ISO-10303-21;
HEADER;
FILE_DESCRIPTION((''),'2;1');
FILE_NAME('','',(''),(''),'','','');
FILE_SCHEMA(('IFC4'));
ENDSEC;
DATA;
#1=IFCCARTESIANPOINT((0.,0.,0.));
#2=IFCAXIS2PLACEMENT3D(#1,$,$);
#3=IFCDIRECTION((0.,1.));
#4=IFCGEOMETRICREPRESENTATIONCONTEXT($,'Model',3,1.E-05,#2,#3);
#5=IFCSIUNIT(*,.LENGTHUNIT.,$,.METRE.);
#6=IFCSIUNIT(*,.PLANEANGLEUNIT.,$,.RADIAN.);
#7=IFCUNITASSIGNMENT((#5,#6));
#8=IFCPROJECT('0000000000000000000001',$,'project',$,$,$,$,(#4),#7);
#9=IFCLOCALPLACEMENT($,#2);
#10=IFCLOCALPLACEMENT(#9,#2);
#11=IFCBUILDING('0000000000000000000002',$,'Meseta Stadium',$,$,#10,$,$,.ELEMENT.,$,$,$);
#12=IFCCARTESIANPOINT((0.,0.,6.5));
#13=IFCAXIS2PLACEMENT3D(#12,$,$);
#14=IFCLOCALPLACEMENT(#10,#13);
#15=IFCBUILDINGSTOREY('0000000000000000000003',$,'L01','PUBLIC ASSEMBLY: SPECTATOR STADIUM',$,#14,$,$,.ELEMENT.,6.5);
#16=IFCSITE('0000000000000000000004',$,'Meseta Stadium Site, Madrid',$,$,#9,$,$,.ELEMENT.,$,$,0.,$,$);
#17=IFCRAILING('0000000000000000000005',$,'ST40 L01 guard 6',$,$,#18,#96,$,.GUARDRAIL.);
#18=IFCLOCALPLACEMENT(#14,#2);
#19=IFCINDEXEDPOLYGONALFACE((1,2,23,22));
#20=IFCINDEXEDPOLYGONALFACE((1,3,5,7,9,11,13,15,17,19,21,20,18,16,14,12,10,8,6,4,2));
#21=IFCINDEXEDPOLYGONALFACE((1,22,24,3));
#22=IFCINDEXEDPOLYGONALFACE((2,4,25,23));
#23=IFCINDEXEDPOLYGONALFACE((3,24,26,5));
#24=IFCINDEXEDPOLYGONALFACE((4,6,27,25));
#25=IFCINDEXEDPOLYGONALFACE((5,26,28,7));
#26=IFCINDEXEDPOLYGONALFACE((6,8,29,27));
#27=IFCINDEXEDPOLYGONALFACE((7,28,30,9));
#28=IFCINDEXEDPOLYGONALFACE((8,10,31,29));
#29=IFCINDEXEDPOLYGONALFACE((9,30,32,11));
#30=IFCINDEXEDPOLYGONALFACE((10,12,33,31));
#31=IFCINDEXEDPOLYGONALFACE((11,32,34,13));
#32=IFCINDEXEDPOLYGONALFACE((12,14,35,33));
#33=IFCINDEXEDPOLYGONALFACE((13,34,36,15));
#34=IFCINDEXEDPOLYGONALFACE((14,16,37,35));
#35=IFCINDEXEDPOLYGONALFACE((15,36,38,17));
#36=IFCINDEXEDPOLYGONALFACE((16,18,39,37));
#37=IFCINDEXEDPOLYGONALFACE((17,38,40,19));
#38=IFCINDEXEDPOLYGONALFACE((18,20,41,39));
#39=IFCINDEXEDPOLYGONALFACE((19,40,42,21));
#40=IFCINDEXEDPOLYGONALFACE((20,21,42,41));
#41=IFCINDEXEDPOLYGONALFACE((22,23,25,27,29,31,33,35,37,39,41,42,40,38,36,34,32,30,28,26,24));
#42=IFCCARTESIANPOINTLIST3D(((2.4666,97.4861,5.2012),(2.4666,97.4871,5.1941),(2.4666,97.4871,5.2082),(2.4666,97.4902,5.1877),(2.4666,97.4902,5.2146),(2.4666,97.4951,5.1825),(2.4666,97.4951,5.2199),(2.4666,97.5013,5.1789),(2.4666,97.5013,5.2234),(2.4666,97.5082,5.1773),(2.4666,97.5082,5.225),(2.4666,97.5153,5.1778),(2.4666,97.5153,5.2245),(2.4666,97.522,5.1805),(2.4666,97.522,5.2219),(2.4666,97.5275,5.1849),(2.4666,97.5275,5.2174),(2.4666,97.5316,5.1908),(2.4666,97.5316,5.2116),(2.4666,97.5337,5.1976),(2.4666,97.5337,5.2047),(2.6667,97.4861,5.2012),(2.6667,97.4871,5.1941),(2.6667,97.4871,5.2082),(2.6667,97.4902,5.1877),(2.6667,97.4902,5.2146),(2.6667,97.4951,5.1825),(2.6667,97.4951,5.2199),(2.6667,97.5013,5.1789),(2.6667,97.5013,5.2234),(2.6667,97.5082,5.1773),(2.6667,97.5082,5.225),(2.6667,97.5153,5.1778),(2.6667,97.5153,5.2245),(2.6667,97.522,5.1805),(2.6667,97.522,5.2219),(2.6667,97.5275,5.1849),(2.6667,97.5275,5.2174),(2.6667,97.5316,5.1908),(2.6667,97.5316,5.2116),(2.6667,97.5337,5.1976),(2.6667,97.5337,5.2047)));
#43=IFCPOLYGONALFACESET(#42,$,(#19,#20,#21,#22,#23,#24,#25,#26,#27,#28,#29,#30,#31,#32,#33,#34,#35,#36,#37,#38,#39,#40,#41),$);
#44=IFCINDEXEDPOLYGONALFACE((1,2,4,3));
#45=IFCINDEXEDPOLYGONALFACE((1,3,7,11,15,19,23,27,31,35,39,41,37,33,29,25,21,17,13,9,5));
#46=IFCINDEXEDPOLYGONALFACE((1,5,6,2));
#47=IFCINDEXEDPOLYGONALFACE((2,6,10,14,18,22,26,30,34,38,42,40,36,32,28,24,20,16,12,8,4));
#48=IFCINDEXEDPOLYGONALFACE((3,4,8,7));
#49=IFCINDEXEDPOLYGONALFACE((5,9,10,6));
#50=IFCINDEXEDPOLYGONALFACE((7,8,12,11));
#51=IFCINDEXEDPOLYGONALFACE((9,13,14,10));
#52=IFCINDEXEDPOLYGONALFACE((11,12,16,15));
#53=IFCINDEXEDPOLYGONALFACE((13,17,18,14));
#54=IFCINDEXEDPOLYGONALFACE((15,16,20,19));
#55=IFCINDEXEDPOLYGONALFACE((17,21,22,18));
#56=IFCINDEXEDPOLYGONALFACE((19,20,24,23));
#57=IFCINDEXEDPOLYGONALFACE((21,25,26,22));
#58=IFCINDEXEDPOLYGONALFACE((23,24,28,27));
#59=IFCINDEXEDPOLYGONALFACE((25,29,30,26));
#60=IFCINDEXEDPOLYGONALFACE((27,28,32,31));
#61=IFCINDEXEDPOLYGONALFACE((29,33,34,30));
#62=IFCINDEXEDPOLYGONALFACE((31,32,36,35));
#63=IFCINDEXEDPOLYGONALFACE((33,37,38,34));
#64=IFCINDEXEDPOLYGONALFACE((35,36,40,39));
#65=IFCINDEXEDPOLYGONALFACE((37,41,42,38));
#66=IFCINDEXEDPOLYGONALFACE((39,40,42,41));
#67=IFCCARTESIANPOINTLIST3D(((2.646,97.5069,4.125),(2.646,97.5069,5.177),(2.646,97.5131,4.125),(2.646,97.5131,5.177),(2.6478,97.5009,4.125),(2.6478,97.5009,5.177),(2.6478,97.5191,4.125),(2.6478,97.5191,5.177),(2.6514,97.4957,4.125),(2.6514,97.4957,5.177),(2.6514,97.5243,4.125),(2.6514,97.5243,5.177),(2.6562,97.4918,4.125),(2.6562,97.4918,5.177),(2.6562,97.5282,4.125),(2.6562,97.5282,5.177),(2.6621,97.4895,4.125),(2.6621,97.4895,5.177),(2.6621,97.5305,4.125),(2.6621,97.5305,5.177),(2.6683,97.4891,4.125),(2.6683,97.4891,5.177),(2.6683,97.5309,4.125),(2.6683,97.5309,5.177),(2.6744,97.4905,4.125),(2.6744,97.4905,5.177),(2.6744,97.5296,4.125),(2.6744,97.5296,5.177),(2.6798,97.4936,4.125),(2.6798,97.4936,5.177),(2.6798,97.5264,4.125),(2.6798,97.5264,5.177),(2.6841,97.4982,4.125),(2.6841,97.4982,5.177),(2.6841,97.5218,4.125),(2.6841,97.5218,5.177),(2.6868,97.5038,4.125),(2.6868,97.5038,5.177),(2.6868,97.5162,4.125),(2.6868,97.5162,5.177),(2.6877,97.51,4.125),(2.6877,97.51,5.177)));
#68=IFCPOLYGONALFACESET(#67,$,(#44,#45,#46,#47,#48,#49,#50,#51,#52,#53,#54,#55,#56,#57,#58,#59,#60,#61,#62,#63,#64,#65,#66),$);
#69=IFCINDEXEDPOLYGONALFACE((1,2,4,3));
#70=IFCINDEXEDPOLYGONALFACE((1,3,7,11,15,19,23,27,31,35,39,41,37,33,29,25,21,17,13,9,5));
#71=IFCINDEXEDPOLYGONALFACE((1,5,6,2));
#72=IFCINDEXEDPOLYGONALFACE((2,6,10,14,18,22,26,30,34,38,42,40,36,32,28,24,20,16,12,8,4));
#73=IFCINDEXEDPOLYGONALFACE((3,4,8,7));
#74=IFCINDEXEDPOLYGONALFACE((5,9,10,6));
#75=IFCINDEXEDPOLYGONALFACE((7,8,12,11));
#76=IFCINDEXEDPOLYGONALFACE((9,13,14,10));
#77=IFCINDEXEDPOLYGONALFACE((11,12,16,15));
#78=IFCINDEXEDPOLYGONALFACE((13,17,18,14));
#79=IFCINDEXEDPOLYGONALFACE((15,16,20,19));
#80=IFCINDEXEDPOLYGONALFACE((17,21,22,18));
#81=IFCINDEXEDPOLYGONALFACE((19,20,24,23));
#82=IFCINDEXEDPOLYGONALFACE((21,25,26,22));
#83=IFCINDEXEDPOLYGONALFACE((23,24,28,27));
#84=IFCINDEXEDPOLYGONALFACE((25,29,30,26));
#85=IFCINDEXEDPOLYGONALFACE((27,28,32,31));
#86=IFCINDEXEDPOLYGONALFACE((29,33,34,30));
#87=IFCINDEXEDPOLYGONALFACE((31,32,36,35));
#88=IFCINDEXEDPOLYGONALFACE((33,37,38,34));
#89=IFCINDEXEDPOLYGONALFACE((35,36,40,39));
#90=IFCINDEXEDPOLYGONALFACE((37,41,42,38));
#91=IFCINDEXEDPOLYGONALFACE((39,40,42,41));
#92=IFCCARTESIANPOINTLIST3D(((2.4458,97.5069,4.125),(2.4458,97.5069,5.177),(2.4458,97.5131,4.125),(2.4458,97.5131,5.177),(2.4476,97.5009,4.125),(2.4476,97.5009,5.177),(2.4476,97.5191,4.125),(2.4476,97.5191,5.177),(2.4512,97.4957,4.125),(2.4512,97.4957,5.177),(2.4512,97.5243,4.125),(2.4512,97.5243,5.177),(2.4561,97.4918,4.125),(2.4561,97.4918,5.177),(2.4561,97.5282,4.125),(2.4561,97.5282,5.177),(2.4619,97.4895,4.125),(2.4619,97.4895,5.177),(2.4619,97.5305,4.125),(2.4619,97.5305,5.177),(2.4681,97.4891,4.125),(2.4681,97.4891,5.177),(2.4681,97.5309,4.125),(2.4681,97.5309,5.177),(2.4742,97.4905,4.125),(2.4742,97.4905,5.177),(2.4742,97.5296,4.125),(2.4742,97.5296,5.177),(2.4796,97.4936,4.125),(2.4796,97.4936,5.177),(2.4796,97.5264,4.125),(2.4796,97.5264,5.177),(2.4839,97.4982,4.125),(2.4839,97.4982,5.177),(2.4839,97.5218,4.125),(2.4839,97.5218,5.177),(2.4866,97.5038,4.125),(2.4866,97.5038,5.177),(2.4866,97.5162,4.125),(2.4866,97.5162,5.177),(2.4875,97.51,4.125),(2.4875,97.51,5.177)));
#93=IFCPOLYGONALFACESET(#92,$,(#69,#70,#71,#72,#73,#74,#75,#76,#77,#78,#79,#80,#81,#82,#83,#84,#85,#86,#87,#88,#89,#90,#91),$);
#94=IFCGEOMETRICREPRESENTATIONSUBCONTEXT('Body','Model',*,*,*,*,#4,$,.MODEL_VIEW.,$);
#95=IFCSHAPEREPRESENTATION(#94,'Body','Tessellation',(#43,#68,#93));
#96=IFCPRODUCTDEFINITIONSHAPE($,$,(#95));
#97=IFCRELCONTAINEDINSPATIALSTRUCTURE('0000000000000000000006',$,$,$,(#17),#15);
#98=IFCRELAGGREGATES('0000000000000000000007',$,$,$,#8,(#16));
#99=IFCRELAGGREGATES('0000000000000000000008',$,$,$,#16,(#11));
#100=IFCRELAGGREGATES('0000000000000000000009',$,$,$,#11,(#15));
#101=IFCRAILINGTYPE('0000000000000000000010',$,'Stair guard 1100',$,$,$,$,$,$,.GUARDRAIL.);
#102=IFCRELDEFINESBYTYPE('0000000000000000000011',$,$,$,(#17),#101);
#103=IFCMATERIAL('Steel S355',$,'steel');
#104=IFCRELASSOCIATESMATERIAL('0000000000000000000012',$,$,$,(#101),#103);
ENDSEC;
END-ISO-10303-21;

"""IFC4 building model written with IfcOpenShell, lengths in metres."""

from ifc_helpers import new_model, si_unit, direction, frame, origin, origin_2d, place, context, subcontext, project, spatial, circle, extrude, material, type_object, element, save


model = new_model("IFC4")

# Units and contexts
model_context = context("Model", 3, precision=1e-05, world=origin(), true_north=direction((0.0, 1.0)))
body_context = subcontext(model_context, "Body", "Model", "MODEL_VIEW")
ifc_project = project(units=[si_unit("LENGTHUNIT", "METRE"), si_unit("PLANEANGLEUNIT", "RADIAN")], contexts=[model_context])

# Site, building, storey
site_placement = place(None, origin())
site = spatial("IfcSite", under=ifc_project, at=site_placement, Name="Meseta Stadium Site, Madrid", CompositionType="ELEMENT", RefElevation=0.0)
building_placement = place(site_placement, origin())
building = spatial("IfcBuilding", under=site, at=building_placement, Name="Meseta Stadium", CompositionType="ELEMENT")
storey_placement = place(building_placement, frame((0.0, 0.0, 6.5)))
storey = spatial("IfcBuildingStorey", under=building, at=storey_placement, Name="L01", Description="PUBLIC ASSEMBLY: SPECTATOR STADIUM", CompositionType="ELEMENT", Elevation=6.5)

# Railing
ifc_material_1 = material(Name="Steel S355", Category="steel")
railing_type_1 = type_object("IfcRailingType", Name="Stair guard 1100", PredefinedType="GUARDRAIL", material=ifc_material_1)
railing_1_placement = place(storey_placement, frame((2.6667, 97.51, 4.125)))
element("IfcRailing", 1, at=railing_1_placement, inside=storey, type_object=railing_type_1, Name="ST40 L01 guard 6", PredefinedType="GUARDRAIL", context=body_context, shape_type="SweptSolid", body=[
    extrude(circle(Radius=0.0239, at=origin_2d()), frame((0.0, 0.0, 1.0762), z_axis=(-1.0, 0.0, 0.0), x_axis=(0.0, -1.0, 0.0)), (0.0, 0.0, 1.0), 0.2002),
    extrude(circle(Radius=0.021, at=origin_2d()), origin(), (0.0, 0.0, 1.0), 1.052),
    extrude(circle(Radius=0.021, at=origin_2d()), frame((-0.2002, 0.0, 0.0)), (0.0, 0.0, 1.0), 1.052),
])

save(model, "model.ifc")
